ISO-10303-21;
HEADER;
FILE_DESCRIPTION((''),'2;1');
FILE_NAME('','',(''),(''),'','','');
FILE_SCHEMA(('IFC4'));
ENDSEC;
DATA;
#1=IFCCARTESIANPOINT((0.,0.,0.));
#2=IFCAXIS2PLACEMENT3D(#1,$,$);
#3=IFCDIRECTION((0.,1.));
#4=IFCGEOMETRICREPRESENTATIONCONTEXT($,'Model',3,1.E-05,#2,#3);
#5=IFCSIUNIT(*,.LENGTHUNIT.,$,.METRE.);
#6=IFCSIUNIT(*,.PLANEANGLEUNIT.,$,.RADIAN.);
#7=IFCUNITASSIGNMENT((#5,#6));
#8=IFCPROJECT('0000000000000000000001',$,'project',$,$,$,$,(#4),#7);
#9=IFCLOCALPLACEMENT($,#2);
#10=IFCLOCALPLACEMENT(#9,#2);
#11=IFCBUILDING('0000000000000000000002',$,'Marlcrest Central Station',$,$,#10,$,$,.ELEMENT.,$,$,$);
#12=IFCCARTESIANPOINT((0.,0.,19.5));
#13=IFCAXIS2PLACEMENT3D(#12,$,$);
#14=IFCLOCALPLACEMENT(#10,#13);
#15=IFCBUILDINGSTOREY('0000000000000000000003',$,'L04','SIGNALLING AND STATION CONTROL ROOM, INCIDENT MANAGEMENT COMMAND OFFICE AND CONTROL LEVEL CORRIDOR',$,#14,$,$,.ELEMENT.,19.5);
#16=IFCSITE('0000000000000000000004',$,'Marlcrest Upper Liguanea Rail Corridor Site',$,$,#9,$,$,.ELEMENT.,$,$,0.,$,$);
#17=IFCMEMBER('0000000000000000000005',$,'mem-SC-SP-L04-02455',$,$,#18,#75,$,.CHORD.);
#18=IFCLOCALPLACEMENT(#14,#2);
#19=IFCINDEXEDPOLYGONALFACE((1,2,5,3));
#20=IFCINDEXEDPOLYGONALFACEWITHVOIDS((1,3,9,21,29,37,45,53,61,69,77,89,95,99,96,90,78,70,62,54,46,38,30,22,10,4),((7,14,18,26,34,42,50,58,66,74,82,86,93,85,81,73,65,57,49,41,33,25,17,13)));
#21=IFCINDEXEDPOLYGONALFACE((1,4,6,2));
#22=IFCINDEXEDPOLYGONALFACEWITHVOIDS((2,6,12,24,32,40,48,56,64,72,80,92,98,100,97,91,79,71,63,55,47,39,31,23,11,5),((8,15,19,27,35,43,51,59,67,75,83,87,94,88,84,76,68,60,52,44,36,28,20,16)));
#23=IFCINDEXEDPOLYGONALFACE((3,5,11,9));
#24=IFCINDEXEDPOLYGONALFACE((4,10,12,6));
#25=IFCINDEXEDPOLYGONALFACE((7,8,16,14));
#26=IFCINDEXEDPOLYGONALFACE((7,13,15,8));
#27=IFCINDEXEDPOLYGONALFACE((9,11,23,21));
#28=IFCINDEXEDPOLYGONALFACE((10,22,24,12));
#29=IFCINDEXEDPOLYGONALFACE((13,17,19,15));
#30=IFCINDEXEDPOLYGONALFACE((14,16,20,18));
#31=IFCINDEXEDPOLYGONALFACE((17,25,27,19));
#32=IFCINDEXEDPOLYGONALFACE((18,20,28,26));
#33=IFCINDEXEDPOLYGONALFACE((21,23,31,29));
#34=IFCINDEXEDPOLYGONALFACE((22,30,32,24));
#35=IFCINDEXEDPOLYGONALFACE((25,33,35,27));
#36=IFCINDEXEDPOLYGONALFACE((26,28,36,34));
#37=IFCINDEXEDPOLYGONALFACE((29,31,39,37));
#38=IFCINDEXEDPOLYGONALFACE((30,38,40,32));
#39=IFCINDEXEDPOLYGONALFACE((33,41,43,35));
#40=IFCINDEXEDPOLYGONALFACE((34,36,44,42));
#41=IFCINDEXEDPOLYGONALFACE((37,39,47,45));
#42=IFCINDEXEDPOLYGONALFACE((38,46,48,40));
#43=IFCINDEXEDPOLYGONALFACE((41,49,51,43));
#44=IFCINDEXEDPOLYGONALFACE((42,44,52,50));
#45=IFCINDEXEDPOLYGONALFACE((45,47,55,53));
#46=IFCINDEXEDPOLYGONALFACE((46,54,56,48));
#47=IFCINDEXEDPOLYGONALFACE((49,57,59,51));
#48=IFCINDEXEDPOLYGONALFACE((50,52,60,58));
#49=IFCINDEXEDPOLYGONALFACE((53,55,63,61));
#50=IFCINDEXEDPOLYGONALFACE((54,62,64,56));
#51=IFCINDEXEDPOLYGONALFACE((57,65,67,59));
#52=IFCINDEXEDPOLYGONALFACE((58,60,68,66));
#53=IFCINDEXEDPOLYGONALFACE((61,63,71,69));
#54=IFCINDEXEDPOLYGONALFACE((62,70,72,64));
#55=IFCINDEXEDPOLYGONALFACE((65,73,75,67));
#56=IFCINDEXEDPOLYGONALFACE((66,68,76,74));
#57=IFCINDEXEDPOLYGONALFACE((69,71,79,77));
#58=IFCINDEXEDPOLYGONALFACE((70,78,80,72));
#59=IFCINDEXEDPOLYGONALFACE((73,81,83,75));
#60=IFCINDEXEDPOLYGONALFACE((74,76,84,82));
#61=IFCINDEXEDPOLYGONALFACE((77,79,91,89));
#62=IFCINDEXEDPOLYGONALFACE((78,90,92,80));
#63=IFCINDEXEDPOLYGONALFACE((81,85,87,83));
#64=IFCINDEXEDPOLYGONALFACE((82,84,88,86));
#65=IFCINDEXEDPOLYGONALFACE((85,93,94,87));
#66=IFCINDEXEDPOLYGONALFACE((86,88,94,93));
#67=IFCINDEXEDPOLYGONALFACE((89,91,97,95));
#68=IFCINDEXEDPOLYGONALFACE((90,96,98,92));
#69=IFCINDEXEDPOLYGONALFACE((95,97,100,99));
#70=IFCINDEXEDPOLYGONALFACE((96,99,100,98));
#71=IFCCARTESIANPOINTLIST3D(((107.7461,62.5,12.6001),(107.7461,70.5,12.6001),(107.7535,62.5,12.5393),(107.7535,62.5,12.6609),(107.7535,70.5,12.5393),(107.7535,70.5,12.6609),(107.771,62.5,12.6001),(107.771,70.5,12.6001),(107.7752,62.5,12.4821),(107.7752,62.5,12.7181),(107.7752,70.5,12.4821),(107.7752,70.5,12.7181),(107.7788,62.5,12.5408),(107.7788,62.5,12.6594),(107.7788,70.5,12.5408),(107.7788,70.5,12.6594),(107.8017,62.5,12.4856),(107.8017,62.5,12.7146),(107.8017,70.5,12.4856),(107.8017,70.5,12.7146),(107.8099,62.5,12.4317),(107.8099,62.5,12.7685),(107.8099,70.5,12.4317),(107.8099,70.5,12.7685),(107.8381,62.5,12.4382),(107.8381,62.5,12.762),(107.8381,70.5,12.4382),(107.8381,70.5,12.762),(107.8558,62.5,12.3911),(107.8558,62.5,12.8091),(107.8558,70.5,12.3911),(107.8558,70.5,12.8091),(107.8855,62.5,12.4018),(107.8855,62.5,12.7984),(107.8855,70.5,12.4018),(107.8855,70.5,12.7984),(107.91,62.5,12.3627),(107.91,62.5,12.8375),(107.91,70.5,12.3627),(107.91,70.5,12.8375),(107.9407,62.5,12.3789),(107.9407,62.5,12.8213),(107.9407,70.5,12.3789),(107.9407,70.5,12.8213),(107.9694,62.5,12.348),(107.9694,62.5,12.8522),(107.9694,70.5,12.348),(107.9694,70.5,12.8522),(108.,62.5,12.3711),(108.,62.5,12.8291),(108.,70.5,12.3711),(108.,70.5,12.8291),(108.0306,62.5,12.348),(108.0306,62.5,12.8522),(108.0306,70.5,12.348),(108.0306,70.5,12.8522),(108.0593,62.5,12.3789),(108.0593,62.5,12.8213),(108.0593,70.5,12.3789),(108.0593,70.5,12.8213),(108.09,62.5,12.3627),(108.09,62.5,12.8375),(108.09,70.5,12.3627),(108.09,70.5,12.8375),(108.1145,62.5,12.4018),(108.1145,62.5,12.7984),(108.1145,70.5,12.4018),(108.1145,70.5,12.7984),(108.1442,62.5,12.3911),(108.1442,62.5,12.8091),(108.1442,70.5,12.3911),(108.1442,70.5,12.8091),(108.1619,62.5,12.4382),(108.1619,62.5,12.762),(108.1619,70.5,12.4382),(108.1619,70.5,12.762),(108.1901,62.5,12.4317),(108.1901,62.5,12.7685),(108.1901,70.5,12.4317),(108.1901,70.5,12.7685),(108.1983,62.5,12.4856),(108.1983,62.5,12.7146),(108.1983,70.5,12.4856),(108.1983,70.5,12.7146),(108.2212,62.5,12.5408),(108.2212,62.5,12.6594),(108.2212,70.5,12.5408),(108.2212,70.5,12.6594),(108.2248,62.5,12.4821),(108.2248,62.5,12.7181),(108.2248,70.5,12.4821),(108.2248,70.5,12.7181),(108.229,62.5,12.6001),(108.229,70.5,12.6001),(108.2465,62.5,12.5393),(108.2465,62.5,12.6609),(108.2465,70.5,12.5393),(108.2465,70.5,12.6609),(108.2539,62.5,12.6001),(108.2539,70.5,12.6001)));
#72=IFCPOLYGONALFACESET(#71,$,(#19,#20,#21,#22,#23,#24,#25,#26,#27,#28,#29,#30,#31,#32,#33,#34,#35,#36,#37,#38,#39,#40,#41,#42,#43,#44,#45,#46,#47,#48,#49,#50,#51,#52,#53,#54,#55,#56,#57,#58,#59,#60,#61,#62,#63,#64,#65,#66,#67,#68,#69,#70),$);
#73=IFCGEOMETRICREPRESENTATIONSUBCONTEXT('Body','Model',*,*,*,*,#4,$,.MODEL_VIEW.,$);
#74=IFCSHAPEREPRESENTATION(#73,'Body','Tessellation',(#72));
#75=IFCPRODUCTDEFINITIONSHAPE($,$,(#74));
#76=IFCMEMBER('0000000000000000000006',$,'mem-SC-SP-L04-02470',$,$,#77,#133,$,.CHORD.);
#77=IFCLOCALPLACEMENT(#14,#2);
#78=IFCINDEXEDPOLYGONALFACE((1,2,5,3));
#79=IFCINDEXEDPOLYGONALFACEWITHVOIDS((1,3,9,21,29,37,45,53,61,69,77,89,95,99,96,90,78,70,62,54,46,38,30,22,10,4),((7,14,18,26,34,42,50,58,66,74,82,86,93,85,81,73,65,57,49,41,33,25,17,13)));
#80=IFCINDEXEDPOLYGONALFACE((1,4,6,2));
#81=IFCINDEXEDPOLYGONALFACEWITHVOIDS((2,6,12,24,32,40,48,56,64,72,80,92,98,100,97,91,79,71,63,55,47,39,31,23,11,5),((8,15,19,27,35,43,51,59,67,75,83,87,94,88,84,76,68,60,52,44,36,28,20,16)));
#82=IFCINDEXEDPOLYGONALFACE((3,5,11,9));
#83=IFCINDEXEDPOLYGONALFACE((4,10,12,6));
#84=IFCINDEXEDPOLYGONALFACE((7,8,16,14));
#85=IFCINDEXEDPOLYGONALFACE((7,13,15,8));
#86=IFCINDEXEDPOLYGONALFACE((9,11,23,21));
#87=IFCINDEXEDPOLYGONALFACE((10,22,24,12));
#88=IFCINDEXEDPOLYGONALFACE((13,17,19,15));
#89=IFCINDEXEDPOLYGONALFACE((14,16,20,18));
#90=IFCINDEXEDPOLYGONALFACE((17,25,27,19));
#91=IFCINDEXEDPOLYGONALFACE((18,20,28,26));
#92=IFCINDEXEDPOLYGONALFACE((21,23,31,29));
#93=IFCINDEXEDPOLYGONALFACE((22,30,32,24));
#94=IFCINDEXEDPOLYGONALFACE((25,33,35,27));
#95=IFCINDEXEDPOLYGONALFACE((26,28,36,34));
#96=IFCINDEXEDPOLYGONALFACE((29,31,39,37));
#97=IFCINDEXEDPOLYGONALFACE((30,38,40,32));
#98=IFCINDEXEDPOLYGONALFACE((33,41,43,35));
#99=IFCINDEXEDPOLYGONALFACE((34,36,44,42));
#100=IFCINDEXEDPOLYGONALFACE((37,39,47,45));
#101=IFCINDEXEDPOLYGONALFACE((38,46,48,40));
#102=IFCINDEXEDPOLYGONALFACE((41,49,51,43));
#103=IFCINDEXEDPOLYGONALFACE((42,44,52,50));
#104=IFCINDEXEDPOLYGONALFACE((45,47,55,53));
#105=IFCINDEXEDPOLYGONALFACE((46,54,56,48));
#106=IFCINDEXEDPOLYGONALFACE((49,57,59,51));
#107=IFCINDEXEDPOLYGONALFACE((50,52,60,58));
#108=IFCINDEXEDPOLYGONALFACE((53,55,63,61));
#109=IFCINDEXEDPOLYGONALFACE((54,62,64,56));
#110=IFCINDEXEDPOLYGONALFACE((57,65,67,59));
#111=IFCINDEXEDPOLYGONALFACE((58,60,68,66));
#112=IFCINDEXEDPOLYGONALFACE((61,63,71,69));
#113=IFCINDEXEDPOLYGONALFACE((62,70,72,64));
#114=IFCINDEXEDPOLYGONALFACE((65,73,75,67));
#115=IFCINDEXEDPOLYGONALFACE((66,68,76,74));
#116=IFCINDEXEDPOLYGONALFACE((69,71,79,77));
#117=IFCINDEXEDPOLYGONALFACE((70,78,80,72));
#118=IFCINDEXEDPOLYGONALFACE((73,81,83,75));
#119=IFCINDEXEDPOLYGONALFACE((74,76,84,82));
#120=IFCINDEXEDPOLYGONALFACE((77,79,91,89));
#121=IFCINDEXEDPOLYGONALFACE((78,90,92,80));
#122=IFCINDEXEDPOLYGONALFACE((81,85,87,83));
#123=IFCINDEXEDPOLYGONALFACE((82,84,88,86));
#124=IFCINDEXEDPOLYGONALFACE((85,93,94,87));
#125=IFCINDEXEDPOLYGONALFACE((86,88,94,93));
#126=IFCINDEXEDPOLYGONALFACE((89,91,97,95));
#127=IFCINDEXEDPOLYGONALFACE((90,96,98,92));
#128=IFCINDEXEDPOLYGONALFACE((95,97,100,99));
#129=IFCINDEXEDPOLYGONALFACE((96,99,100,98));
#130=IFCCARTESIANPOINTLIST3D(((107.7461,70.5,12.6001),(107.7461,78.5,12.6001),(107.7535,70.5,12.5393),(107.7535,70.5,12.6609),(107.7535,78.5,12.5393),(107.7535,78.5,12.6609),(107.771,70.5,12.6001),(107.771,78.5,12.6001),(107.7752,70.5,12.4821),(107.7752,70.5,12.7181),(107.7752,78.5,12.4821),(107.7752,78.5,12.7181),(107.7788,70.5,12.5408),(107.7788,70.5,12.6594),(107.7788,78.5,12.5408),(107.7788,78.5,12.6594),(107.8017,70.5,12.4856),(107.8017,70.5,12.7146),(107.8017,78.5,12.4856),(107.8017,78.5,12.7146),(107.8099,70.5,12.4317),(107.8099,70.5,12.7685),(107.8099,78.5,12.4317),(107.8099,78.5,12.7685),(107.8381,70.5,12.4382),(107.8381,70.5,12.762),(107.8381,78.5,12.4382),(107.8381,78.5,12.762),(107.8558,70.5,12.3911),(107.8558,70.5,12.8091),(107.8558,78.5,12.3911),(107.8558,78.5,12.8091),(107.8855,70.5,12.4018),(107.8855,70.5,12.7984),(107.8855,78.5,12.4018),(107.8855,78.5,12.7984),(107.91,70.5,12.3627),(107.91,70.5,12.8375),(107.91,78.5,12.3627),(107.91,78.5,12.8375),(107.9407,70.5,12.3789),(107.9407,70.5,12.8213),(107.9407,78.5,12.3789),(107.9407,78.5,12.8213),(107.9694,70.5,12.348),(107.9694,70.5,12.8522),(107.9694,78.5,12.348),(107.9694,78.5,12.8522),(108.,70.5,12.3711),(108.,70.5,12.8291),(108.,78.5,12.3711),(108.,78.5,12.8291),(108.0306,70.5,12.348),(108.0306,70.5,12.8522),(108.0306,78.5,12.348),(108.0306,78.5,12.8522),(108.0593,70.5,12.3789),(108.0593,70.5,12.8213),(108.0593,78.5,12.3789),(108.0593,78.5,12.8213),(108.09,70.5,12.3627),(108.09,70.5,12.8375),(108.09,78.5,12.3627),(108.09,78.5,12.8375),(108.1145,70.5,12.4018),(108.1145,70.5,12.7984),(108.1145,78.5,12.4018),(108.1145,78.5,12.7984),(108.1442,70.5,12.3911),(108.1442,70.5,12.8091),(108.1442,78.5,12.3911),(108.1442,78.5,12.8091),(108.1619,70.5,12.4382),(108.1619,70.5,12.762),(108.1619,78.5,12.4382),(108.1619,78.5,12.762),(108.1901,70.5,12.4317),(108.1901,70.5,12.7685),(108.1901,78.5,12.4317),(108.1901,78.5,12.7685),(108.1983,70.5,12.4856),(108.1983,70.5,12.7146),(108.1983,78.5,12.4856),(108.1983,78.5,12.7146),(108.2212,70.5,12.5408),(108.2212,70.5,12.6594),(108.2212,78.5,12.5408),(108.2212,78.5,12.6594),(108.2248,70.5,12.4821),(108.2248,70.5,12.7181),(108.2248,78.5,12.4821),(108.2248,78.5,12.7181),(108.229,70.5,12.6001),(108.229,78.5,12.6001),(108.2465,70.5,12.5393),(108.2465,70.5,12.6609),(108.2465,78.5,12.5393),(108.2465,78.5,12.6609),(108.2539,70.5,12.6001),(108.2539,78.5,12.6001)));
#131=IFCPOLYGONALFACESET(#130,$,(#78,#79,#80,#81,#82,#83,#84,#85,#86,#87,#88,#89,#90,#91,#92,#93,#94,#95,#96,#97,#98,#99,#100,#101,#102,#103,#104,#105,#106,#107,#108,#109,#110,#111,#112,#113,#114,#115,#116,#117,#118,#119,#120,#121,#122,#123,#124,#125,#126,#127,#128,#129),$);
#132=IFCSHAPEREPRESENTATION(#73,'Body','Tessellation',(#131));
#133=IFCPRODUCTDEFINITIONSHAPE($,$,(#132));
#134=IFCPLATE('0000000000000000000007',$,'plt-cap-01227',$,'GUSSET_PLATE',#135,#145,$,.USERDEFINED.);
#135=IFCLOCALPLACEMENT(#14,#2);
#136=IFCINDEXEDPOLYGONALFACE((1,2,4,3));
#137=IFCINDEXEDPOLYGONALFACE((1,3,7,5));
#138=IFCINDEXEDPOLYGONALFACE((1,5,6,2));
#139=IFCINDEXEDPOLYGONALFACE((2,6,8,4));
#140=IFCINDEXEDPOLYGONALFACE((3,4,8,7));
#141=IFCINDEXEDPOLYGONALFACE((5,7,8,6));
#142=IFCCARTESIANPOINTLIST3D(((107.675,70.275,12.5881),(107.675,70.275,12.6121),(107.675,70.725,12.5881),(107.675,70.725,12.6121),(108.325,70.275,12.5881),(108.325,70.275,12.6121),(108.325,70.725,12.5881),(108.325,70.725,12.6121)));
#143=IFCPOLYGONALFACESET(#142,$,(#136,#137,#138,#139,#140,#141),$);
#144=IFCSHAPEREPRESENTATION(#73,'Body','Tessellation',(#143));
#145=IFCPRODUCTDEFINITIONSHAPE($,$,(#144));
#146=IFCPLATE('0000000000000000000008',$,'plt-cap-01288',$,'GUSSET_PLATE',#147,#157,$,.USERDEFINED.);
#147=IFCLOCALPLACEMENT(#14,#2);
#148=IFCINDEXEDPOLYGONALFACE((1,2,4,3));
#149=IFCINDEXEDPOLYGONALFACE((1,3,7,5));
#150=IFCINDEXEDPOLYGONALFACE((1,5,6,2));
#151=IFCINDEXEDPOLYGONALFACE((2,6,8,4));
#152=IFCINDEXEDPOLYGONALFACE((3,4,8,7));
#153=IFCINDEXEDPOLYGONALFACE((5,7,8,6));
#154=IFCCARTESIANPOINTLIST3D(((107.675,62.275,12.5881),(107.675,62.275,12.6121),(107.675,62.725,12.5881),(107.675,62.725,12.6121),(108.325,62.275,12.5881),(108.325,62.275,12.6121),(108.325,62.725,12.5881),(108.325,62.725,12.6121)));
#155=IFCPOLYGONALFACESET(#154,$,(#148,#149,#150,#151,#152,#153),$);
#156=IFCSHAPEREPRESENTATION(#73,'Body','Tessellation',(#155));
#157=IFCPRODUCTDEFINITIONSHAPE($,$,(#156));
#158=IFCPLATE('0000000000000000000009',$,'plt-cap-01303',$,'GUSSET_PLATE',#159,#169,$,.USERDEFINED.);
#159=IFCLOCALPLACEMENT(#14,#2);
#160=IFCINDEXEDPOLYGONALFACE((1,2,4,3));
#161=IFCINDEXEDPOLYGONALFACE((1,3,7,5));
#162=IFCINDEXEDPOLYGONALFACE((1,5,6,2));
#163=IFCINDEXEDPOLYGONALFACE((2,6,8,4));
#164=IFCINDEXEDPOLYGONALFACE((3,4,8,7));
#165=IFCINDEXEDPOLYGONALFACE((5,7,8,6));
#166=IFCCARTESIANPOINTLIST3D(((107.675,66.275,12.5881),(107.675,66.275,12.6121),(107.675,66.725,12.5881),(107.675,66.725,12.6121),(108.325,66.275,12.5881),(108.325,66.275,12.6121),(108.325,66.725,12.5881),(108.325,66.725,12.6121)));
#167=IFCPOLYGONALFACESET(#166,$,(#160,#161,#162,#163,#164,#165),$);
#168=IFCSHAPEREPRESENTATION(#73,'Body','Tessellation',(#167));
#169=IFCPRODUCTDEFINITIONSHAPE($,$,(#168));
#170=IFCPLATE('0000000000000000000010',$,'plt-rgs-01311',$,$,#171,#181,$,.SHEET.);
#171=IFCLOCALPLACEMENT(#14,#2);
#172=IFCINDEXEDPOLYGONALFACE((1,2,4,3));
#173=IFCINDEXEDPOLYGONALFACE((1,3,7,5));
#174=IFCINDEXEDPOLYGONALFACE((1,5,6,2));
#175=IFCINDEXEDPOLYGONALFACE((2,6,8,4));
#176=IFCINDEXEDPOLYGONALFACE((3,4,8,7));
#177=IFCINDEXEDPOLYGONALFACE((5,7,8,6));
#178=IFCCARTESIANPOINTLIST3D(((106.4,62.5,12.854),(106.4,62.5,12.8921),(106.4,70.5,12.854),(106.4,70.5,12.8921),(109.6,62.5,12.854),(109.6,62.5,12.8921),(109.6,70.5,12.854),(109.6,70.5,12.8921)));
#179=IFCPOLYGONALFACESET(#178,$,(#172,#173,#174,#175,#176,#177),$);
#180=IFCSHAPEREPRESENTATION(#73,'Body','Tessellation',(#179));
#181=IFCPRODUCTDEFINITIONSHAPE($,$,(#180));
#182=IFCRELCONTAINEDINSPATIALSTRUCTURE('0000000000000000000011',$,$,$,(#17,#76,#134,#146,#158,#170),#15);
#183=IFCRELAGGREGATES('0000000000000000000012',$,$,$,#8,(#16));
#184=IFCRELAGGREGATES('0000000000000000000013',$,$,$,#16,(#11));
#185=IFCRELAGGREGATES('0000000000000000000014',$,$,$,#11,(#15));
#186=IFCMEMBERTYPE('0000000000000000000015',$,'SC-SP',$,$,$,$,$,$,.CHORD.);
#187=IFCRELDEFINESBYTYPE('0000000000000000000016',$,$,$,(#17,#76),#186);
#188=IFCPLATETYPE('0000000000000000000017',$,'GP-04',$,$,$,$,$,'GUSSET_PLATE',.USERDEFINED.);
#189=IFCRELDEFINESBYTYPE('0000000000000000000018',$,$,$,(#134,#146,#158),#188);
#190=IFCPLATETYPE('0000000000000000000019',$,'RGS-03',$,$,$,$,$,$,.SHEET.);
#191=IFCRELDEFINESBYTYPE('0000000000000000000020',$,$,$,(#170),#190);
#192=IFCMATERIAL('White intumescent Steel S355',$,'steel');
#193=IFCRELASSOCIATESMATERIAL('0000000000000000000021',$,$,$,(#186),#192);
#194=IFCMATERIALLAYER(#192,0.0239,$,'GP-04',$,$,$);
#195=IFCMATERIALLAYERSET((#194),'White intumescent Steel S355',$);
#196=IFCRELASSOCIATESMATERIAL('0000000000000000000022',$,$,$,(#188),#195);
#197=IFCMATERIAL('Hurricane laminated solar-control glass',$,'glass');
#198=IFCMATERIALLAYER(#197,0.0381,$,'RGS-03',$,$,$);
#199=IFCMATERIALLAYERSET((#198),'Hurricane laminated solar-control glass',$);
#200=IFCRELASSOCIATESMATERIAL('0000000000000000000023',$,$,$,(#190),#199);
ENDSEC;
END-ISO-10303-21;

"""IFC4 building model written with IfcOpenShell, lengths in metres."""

from ifc_helpers import new_model, si_unit, direction, frame, origin, origin_2d, place, context, subcontext, project, spatial, rectangle, hollow_circle, extrude, material, layer, layer_set, material_profile, profile_set, type_object, element, save


model = new_model("IFC4")

# Units and contexts
model_context = context("Model", 3, precision=1e-05, world=origin(), true_north=direction((0.0, 1.0)))
body_context = subcontext(model_context, "Body", "Model", "MODEL_VIEW")
ifc_project = project(units=[si_unit("LENGTHUNIT", "METRE"), si_unit("PLANEANGLEUNIT", "RADIAN")], contexts=[model_context])

# Site, building, storey
site_placement = place(None, origin())
site = spatial("IfcSite", under=ifc_project, at=site_placement, Name="Marlcrest Upper Liguanea Rail Corridor Site", CompositionType="ELEMENT", RefElevation=0.0)
building_placement = place(site_placement, origin())
building = spatial("IfcBuilding", under=site, at=building_placement, Name="Marlcrest Central Station", CompositionType="ELEMENT")
storey_placement = place(building_placement, frame((0.0, 0.0, 19.5)))
storey = spatial("IfcBuildingStorey", under=building, at=storey_placement, Name="L04", Description="SIGNALLING AND STATION CONTROL ROOM, INCIDENT MANAGEMENT COMMAND OFFICE AND CONTROL LEVEL CORRIDOR", CompositionType="ELEMENT", Elevation=19.5)

# Members
ifc_material_1 = material(Name="White intumescent Steel S355", Category="steel")
ifc_material_profile_1 = material_profile(ifc_material_1, hollow_circle(Radius=0.2539, WallThickness=0.0249, at=origin_2d()), Name="CHS 508x25")
ifc_profile_set_1 = profile_set([ifc_material_profile_1], Name="White intumescent Steel S355")
member_type_1 = type_object("IfcMemberType", Name="SC-SP", PredefinedType="CHORD", material=ifc_profile_set_1)
for number, where, z_axis, x_axis, name in (
    (1, (108.0, 62.5, 12.6001), (0.0, 1.0, 0.0), (-1.0, 0.0, 0.0), "mem-SC-SP-L04-02455"),
    (2, (108.0, 70.5, 12.6001), (0.0, 1.0, 0.0), (-1.0, 0.0, 0.0), "mem-SC-SP-L04-02470"),
):
    element("IfcMember", number, at=place(storey_placement, frame(where, z_axis=z_axis, x_axis=x_axis)), inside=storey, type_object=member_type_1, Name=name, PredefinedType="CHORD", context=body_context, shape_type="SweptSolid", body=[
        extrude(hollow_circle(Radius=0.2539, WallThickness=0.0249, at=origin_2d()), origin(), (0.0, 0.0, 1.0), 8.0),
    ])

# Plates
ifc_layer_1 = layer(ifc_material_1, 0.0239, Name="GP-04")
ifc_layer_set_1 = layer_set([ifc_layer_1], Name="White intumescent Steel S355")
plate_type_1 = type_object("IfcPlateType", Name="GP-04", ElementType="GUSSET_PLATE", PredefinedType="USERDEFINED", material=ifc_layer_set_1)
for number, where, z_axis, x_axis, name in (
    (3, (108.0, 70.5, 12.5881), (0.0, 0.0, 1.0), (1.0, 0.0, 0.0), "plt-cap-01227"),
    (4, (108.0, 62.5, 12.5881), (0.0, 0.0, 1.0), (1.0, 0.0, 0.0), "plt-cap-01288"),
    (5, (108.0, 66.5, 12.5881), (0.0, 0.0, 1.0), (1.0, 0.0, 0.0), "plt-cap-01303"),
):
    element("IfcPlate", number, at=place(storey_placement, frame(where, z_axis=z_axis, x_axis=x_axis)), inside=storey, type_object=plate_type_1, Name=name, ObjectType="GUSSET_PLATE", PredefinedType="USERDEFINED", context=body_context, shape_type="SweptSolid", body=[
        extrude(rectangle(XDim=0.6499, YDim=0.45, at=origin_2d()), origin(), (0.0, 0.0, 1.0), 0.0239),
    ])
ifc_material_2 = material(Name="Hurricane laminated solar-control glass", Category="glass")
ifc_layer_2 = layer(ifc_material_2, 0.0381, Name="RGS-03")
ifc_layer_set_2 = layer_set([ifc_layer_2], Name="Hurricane laminated solar-control glass")
plate_type_2 = type_object("IfcPlateType", Name="RGS-03", PredefinedType="SHEET", material=ifc_layer_set_2)
plate_placement = place(storey_placement, frame((108.0, 66.5, 12.854), z_axis=(0.0, 0.0, 1.0), x_axis=(1.0, 0.0, 0.0)))
element("IfcPlate", 6, at=plate_placement, inside=storey, type_object=plate_type_2, Name="plt-rgs-01311", PredefinedType="SHEET", context=body_context, shape_type="SweptSolid", body=[
    extrude(rectangle(XDim=3.2, YDim=8.0, at=origin_2d()), origin(), (0.0, 0.0, 1.0), 0.0381),
])

save(model, "model.ifc")
